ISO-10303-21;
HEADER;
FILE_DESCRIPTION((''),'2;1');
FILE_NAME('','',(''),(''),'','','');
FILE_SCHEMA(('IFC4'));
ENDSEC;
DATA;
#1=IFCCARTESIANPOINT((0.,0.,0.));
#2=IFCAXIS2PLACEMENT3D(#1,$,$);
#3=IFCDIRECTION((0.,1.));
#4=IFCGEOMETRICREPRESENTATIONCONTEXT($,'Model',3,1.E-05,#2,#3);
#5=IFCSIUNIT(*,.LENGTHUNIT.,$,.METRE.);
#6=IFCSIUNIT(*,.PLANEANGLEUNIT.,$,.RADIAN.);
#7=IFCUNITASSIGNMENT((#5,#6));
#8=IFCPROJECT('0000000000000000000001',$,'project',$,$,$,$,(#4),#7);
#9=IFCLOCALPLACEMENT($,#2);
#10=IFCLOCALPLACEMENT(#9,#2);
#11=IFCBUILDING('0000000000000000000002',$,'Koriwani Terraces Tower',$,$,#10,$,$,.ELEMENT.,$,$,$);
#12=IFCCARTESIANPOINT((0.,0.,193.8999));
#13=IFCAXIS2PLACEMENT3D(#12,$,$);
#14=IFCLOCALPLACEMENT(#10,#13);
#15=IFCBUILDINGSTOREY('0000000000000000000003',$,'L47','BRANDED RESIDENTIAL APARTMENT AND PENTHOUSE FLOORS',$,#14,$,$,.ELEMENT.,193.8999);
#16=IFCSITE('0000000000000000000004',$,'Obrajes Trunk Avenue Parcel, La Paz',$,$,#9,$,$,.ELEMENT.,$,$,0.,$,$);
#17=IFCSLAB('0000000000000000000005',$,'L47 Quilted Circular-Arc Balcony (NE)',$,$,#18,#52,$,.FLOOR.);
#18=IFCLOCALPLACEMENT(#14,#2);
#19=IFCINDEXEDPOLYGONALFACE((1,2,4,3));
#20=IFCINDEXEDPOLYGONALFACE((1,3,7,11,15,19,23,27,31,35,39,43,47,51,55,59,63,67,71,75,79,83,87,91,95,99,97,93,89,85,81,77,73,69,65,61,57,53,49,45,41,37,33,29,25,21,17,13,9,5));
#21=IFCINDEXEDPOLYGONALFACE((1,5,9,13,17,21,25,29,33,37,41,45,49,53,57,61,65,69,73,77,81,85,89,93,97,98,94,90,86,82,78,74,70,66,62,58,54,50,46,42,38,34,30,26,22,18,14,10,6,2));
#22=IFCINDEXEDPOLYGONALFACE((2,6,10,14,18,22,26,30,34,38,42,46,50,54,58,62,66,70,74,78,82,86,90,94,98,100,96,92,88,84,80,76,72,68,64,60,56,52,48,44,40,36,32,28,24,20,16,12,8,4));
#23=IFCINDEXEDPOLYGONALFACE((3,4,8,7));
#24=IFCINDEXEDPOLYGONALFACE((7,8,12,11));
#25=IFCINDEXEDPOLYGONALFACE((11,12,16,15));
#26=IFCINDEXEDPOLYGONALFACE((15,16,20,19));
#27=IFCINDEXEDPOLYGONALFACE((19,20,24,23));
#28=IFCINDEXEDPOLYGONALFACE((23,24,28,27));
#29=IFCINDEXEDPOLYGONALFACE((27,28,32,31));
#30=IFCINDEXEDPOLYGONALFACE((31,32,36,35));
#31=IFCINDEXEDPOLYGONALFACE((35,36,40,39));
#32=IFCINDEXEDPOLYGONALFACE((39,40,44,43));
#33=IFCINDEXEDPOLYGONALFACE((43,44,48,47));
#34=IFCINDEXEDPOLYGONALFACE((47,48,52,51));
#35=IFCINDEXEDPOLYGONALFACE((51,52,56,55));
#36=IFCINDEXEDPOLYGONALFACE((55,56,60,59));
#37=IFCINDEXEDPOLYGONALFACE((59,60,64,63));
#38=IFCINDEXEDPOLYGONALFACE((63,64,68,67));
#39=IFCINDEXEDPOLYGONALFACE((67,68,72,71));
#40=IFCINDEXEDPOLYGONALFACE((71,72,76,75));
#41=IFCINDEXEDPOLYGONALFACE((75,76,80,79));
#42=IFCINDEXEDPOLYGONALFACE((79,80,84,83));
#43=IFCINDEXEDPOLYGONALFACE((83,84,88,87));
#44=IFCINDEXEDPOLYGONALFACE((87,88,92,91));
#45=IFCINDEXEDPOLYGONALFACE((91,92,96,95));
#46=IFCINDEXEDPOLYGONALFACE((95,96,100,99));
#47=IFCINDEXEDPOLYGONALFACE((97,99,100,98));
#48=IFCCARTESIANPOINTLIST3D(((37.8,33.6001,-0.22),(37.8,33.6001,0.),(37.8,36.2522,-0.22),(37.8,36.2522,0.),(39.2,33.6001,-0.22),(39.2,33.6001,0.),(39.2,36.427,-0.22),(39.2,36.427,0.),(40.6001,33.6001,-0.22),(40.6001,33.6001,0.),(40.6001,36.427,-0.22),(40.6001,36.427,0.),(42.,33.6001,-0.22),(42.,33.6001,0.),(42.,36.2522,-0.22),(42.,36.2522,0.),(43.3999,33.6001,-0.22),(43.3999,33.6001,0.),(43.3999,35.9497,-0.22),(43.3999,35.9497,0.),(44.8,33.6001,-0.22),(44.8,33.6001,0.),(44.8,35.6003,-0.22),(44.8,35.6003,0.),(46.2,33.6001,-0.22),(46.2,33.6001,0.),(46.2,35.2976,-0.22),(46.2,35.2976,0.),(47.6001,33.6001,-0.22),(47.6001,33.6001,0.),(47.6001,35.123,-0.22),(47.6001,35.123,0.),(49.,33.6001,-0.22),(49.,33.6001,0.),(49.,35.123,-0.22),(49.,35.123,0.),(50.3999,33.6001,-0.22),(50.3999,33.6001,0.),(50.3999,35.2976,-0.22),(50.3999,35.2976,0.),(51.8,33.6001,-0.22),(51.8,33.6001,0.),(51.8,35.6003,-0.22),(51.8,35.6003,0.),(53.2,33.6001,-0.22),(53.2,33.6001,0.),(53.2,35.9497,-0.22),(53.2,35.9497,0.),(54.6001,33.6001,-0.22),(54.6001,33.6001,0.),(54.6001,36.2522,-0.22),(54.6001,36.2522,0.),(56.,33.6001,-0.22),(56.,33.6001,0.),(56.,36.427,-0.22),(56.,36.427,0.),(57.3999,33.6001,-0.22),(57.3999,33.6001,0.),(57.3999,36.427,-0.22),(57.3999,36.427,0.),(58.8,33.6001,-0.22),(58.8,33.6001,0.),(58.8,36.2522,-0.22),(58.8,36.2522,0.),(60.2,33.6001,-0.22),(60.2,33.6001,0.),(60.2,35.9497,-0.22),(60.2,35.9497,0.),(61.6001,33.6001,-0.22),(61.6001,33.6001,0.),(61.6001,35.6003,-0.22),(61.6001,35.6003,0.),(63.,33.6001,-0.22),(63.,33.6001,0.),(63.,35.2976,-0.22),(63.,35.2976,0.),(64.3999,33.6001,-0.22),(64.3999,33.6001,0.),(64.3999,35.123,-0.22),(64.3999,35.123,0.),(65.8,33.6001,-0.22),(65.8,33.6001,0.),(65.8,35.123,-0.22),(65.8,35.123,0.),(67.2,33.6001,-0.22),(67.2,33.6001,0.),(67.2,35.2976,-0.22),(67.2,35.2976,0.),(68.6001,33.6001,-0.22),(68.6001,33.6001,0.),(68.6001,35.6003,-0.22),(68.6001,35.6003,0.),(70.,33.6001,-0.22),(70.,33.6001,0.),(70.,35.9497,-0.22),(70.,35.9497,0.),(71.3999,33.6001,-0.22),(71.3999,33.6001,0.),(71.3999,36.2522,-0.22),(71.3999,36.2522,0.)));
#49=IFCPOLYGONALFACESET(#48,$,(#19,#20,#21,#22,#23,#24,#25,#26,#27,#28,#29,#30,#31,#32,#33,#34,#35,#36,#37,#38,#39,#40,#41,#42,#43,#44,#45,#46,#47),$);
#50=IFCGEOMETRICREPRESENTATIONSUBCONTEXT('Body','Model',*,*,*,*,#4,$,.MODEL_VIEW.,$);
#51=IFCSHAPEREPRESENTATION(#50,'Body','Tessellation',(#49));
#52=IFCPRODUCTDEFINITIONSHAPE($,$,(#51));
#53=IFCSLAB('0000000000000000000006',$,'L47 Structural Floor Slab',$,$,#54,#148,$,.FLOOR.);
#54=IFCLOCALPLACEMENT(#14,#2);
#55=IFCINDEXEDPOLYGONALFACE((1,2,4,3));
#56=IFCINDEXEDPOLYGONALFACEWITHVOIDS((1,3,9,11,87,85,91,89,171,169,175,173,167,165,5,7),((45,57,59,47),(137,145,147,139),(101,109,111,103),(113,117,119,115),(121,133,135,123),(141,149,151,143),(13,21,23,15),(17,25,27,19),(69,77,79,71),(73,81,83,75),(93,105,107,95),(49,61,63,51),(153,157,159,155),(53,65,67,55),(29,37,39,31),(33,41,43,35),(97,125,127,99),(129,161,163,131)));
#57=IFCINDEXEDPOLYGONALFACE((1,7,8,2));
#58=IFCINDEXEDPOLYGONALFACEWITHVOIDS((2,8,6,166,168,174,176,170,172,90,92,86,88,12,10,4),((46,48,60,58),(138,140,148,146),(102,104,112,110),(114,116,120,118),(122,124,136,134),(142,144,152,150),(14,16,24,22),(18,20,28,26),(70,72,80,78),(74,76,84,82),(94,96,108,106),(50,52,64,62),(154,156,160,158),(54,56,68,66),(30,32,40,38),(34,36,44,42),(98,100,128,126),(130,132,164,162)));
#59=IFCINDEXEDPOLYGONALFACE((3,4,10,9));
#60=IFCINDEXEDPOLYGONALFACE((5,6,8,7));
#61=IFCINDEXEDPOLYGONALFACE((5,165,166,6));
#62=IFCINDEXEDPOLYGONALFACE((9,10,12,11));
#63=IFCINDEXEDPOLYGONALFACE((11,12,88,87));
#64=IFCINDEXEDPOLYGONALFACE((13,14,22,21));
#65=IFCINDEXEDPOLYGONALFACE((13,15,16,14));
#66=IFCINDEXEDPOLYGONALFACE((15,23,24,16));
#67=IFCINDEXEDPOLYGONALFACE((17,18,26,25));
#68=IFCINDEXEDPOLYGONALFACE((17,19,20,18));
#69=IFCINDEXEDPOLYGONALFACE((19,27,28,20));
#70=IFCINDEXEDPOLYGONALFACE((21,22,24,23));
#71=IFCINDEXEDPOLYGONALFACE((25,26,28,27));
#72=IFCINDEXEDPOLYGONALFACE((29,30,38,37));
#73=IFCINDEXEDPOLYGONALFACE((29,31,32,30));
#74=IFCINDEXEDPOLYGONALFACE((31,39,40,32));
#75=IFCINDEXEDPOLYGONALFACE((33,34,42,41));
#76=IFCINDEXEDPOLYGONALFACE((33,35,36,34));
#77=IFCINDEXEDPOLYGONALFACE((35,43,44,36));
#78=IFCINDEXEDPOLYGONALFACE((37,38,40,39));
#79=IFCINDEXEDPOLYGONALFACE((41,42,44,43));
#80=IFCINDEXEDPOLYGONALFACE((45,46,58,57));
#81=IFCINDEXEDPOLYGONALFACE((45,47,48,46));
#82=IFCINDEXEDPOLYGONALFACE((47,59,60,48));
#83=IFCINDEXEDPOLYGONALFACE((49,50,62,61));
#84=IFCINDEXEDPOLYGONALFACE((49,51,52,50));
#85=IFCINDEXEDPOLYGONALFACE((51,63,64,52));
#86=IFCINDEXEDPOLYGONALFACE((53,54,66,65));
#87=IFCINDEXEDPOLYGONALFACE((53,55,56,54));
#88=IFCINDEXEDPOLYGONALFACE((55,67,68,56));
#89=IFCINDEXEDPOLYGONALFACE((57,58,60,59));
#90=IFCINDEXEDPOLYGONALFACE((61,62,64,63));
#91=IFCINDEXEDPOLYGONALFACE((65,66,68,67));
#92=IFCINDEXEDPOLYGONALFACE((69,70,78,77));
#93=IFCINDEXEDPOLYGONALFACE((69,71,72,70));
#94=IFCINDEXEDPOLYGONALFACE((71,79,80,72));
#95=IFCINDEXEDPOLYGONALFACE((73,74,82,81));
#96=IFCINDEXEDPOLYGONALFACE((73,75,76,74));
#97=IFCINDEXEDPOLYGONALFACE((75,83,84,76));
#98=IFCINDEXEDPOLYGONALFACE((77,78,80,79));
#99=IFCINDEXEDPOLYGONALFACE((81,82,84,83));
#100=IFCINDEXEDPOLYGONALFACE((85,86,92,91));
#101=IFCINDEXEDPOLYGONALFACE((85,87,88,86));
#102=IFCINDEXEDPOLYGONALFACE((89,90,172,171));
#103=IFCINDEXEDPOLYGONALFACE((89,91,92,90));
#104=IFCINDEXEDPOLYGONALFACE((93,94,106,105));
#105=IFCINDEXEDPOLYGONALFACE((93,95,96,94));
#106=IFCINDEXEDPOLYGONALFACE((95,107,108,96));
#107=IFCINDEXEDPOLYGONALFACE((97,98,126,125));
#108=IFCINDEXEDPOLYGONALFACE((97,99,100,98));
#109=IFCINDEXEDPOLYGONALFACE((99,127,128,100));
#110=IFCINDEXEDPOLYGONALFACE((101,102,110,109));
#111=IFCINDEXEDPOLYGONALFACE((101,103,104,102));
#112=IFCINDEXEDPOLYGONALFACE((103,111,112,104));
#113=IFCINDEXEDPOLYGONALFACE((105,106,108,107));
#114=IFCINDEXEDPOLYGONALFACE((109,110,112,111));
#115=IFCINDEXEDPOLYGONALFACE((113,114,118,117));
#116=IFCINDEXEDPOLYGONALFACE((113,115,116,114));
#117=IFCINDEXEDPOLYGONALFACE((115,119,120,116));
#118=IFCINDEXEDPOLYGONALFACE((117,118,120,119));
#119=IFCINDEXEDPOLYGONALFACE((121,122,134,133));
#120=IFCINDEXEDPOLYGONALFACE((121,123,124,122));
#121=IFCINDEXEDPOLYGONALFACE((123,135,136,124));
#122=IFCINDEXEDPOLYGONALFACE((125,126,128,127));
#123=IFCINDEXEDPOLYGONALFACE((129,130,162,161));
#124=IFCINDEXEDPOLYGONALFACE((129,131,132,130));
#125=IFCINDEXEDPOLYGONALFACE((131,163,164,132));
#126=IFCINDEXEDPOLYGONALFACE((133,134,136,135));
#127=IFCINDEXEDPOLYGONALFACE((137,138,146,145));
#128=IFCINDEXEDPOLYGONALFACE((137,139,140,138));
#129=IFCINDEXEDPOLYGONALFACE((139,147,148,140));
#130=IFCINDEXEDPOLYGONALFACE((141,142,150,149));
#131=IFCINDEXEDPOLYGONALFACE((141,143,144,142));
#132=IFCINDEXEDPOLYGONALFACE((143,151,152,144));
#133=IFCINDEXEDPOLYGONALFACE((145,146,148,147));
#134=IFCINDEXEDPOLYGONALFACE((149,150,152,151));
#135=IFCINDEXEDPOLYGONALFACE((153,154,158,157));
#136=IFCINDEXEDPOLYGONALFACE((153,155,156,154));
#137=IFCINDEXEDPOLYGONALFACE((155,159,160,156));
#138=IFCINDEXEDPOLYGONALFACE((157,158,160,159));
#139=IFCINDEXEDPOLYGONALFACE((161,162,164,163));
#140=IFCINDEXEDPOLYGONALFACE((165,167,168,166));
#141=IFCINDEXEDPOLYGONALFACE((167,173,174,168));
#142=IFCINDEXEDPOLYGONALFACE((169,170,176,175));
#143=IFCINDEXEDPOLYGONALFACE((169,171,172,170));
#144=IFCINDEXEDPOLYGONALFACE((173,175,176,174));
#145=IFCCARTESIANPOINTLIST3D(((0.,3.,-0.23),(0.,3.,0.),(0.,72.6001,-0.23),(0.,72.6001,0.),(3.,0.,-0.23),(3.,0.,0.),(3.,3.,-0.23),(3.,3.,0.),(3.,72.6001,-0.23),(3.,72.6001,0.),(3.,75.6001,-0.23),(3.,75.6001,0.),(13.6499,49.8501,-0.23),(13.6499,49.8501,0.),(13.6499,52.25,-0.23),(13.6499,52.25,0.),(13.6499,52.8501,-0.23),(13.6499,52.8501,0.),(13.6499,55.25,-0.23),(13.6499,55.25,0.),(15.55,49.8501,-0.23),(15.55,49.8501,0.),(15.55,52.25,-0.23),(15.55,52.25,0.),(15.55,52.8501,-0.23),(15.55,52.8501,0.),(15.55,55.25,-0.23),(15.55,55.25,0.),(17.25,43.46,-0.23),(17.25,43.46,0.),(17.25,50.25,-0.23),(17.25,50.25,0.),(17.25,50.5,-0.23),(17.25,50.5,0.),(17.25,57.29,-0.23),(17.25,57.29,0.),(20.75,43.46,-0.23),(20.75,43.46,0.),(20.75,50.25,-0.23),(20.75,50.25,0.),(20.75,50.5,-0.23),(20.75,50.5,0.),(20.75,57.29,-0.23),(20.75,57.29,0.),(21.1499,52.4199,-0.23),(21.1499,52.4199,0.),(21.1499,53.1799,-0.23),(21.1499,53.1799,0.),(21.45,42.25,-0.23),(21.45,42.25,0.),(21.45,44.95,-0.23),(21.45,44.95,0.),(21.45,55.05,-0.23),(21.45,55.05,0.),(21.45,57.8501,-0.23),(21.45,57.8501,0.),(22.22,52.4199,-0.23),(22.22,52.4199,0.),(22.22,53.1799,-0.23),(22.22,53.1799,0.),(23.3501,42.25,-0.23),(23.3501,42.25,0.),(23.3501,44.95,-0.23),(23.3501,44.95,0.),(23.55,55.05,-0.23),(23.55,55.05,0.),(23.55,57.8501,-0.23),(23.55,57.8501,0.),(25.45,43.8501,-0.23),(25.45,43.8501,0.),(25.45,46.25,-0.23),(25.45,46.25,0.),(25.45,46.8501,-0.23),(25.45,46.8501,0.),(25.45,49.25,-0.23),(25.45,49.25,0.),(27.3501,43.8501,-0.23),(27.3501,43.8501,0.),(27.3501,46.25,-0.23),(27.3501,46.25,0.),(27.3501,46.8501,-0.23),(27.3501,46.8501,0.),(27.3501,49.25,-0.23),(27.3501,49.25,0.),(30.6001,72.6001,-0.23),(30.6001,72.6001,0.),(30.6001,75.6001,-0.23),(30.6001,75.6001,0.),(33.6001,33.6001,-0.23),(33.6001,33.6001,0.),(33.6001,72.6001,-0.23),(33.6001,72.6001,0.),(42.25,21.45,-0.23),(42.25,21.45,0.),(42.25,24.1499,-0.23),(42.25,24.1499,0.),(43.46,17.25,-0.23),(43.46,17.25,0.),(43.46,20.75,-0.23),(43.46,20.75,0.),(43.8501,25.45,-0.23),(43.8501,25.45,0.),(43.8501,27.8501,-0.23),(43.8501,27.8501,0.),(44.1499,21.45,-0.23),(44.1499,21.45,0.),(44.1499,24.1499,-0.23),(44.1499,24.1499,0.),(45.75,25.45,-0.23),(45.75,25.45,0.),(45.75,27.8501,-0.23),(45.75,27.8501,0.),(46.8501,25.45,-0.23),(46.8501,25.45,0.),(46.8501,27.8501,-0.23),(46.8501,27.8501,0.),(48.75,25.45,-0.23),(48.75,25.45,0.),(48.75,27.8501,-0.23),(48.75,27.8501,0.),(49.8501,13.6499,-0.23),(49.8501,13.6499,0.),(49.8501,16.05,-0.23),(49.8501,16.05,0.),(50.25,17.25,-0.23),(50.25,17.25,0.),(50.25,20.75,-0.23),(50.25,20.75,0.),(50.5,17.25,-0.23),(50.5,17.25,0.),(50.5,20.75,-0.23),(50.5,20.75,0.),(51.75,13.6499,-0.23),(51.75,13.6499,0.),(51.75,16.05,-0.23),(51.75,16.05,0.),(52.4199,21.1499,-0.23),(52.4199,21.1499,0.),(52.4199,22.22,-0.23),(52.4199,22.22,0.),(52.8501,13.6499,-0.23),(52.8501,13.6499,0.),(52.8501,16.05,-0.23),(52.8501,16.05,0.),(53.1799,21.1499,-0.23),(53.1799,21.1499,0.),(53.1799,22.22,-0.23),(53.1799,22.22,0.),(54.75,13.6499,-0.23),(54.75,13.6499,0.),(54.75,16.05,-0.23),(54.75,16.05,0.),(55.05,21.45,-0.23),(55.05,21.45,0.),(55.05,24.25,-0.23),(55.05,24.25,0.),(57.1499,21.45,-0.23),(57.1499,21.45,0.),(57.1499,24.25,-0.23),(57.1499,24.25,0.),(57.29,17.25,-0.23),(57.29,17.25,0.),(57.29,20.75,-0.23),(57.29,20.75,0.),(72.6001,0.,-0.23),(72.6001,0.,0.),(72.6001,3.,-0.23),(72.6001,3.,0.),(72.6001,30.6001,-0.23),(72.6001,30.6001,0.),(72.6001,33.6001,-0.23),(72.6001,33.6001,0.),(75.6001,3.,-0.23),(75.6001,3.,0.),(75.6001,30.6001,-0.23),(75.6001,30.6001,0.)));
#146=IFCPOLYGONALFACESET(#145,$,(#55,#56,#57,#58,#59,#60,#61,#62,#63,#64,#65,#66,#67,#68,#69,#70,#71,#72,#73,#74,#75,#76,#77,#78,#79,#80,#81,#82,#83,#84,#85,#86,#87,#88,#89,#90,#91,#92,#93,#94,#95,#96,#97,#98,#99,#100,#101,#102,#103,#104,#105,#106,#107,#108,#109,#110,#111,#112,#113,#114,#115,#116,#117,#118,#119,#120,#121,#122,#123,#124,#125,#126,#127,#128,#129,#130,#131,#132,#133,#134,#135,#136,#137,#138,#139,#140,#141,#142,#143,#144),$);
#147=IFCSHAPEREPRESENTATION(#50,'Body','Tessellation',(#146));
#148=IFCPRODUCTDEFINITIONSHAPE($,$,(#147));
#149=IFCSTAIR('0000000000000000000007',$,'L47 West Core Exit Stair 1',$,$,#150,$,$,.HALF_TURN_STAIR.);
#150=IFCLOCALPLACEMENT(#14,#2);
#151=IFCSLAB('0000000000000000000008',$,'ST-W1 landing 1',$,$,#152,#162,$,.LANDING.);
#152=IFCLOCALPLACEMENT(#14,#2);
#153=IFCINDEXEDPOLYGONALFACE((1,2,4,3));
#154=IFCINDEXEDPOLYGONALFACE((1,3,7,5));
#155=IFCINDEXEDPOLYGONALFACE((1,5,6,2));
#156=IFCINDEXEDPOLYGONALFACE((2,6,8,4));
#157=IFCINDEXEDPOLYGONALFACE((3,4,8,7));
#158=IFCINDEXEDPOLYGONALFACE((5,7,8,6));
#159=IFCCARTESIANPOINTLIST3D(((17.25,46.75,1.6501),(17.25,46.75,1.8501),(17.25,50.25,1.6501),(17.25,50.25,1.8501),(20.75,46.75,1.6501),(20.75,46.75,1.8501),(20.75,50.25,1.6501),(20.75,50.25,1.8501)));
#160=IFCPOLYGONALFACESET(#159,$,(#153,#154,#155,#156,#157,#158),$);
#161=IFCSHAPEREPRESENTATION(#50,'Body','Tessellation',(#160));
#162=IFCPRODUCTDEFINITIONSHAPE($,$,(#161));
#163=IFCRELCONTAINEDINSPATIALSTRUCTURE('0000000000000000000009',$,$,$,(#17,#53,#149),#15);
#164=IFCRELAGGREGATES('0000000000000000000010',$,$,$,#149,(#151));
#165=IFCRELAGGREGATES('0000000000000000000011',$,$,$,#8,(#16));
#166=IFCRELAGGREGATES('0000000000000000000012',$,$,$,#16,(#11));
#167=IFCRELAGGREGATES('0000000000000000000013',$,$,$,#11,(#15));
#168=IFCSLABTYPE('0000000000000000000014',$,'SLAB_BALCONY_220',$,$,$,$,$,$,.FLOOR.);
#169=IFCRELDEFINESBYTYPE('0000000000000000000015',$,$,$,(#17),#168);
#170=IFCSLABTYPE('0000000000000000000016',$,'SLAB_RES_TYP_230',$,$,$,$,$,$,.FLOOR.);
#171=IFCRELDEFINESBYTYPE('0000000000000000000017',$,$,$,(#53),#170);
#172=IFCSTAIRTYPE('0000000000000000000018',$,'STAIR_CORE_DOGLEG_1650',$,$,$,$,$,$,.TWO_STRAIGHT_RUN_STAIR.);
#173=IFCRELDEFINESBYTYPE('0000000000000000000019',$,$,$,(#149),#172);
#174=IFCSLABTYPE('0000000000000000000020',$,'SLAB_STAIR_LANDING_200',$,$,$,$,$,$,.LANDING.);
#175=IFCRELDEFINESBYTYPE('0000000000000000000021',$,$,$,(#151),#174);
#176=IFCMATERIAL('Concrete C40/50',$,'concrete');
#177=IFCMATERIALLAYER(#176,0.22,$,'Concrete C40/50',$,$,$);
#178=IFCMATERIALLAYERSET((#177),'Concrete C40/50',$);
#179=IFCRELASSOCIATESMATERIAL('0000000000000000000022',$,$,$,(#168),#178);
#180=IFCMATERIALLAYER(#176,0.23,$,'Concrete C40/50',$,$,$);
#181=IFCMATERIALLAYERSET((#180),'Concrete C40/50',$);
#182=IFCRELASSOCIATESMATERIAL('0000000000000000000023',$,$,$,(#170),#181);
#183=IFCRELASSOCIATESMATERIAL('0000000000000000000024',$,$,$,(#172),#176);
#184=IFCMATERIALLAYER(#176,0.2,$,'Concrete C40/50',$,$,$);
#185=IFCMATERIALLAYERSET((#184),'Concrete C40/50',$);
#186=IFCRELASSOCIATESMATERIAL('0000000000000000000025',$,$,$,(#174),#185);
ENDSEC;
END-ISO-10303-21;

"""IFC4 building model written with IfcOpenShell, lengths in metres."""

from ifc_helpers import new_model, si_unit, direction, frame, origin, place, context, subcontext, project, spatial, polyline, outline, extrude, material, layer, layer_set, type_object, element, aggregate, save


model = new_model("IFC4")

# Units and contexts
model_context = context("Model", 3, precision=1e-05, world=origin(), true_north=direction((0.0, 1.0)))
body_context = subcontext(model_context, "Body", "Model", "MODEL_VIEW")
ifc_project = project(units=[si_unit("LENGTHUNIT", "METRE"), si_unit("PLANEANGLEUNIT", "RADIAN")], contexts=[model_context])

# Site, building, storey
site_placement = place(None, origin())
site = spatial("IfcSite", under=ifc_project, at=site_placement, Name="Obrajes Trunk Avenue Parcel, La Paz", CompositionType="ELEMENT", RefElevation=0.0)
building_placement = place(site_placement, origin())
building = spatial("IfcBuilding", under=site, at=building_placement, Name="Koriwani Terraces Tower", CompositionType="ELEMENT")
storey_placement = place(building_placement, frame((0.0, 0.0, 193.8999)))
storey = spatial("IfcBuildingStorey", under=building, at=storey_placement, Name="L47", Description="BRANDED RESIDENTIAL APARTMENT AND PENTHOUSE FLOORS", CompositionType="ELEMENT", Elevation=193.8999)

# Shared definitions
ifc_material_1 = material(Name="Concrete C40/50", Category="concrete")

# Slabs
ifc_layer_1 = layer(ifc_material_1, 0.22, Name="Concrete C40/50")
ifc_layer_set_1 = layer_set([ifc_layer_1], Name="Concrete C40/50")
slab_type_1 = type_object("IfcSlabType", Name="SLAB_BALCONY_220", PredefinedType="FLOOR", material=ifc_layer_set_1)
slab_1_placement = place(storey_placement, frame((0.0, 0.0, -0.22)))
element("IfcSlab", 1, at=slab_1_placement, inside=storey, type_object=slab_type_1, Name="L47 Quilted Circular-Arc Balcony (NE)", PredefinedType="FLOOR", context=body_context, shape_type="SweptSolid", body=[
    extrude(outline(polyline([(71.3999, 33.6001), (70.0, 33.6001), (68.6001, 33.6001), (67.2, 33.6001), (65.8, 33.6001), (64.3999, 33.6001), (63.0, 33.6001), (61.6001, 33.6001), (60.2, 33.6001), (58.8, 33.6001), (57.3999, 33.6001), (56.0, 33.6001), (54.6001, 33.6001), (53.2, 33.6001), (51.8, 33.6001), (50.3999, 33.6001), (49.0, 33.6001), (47.6001, 33.6001), (46.2, 33.6001), (44.8, 33.6001), (43.3999, 33.6001), (42.0, 33.6001), (40.6001, 33.6001), (39.2, 33.6001), (37.8, 33.6001), (37.8, 36.2522), (39.2, 36.427), (40.6001, 36.427), (42.0, 36.2522), (43.3999, 35.9497), (44.8, 35.6003), (46.2, 35.2976), (47.6001, 35.123), (49.0, 35.123), (50.3999, 35.2976), (51.8, 35.6003), (53.2, 35.9497), (54.6001, 36.2522), (56.0, 36.427), (57.3999, 36.427), (58.8, 36.2522), (60.2, 35.9497), (61.6001, 35.6003), (63.0, 35.2976), (64.3999, 35.123), (65.8, 35.123), (67.2, 35.2976), (68.6001, 35.6003), (70.0, 35.9497), (71.3999, 36.2522), (71.3999, 33.6001)])), origin(), (0.0, 0.0, 1.0), 0.22),
])
ifc_layer_2 = layer(ifc_material_1, 0.23, Name="Concrete C40/50")
ifc_layer_set_2 = layer_set([ifc_layer_2], Name="Concrete C40/50")
slab_type_2 = type_object("IfcSlabType", Name="SLAB_RES_TYP_230", PredefinedType="FLOOR", material=ifc_layer_set_2)
slab_2_placement = place(storey_placement, frame((0.0, 0.0, -0.23)))
element("IfcSlab", 2, at=slab_2_placement, inside=storey, type_object=slab_type_2, Name="L47 Structural Floor Slab", PredefinedType="FLOOR", context=body_context, shape_type="SweptSolid", body=[
    extrude(outline(polyline([(3.0, 0.0), (72.6001, 0.0), (72.6001, 3.0), (75.6001, 3.0), (75.6001, 30.6001), (72.6001, 30.6001), (72.6001, 33.6001), (33.6001, 33.6001), (33.6001, 72.6001), (30.6001, 72.6001), (30.6001, 75.6001), (3.0, 75.6001), (3.0, 72.6001), (0.0, 72.6001), (0.0, 3.0), (3.0, 3.0), (3.0, 0.0)]), holes=[polyline([(17.25, 43.46), (20.75, 43.46), (20.75, 50.25), (17.25, 50.25), (17.25, 43.46)]), polyline([(17.25, 50.5), (20.75, 50.5), (20.75, 57.29), (17.25, 57.29), (17.25, 50.5)]), polyline([(43.46, 17.25), (50.25, 17.25), (50.25, 20.75), (43.46, 20.75), (43.46, 17.25)]), polyline([(50.5, 17.25), (57.29, 17.25), (57.29, 20.75), (50.5, 20.75), (50.5, 17.25)]), polyline([(13.6499, 49.8501), (15.55, 49.8501), (15.55, 52.25), (13.6499, 52.25), (13.6499, 49.8501)]), polyline([(13.6499, 52.8501), (15.55, 52.8501), (15.55, 55.25), (13.6499, 55.25), (13.6499, 52.8501)]), polyline([(49.8501, 13.6499), (51.75, 13.6499), (51.75, 16.05), (49.8501, 16.05), (49.8501, 13.6499)]), polyline([(52.8501, 13.6499), (54.75, 13.6499), (54.75, 16.05), (52.8501, 16.05), (52.8501, 13.6499)]), polyline([(25.45, 43.8501), (27.3501, 43.8501), (27.3501, 46.25), (25.45, 46.25), (25.45, 43.8501)]), polyline([(25.45, 46.8501), (27.3501, 46.8501), (27.3501, 49.25), (25.45, 49.25), (25.45, 46.8501)]), polyline([(43.8501, 25.45), (45.75, 25.45), (45.75, 27.8501), (43.8501, 27.8501), (43.8501, 25.45)]), polyline([(46.8501, 25.45), (48.75, 25.45), (48.75, 27.8501), (46.8501, 27.8501), (46.8501, 25.45)]), polyline([(21.45, 55.05), (23.55, 55.05), (23.55, 57.8501), (21.45, 57.8501), (21.45, 55.05)]), polyline([(55.05, 21.45), (57.1499, 21.45), (57.1499, 24.25), (55.05, 24.25), (55.05, 21.45)]), polyline([(21.45, 42.25), (23.3501, 42.25), (23.3501, 44.95), (21.45, 44.95), (21.45, 42.25)]), polyline([(42.25, 21.45), (44.1499, 21.45), (44.1499, 24.1499), (42.25, 24.1499), (42.25, 21.45)]), polyline([(21.1499, 52.4199), (22.22, 52.4199), (22.22, 53.1799), (21.1499, 53.1799), (21.1499, 52.4199)]), polyline([(52.4199, 21.1499), (53.1799, 21.1499), (53.1799, 22.22), (52.4199, 22.22), (52.4199, 21.1499)])]), origin(), (0.0, 0.0, 1.0), 0.23),
])

# Stair, slab
stair_type = type_object("IfcStairType", Name="STAIR_CORE_DOGLEG_1650", PredefinedType="TWO_STRAIGHT_RUN_STAIR", material=ifc_material_1)
stair_1_placement = place(storey_placement, origin())
stair_1 = element("IfcStair", 3, at=stair_1_placement, inside=storey, type_object=stair_type, Name="L47 West Core Exit Stair 1", PredefinedType="HALF_TURN_STAIR")
ifc_layer_3 = layer(ifc_material_1, 0.2, Name="Concrete C40/50")
ifc_layer_set_3 = layer_set([ifc_layer_3], Name="Concrete C40/50")
slab_type_3 = type_object("IfcSlabType", Name="SLAB_STAIR_LANDING_200", PredefinedType="LANDING", material=ifc_layer_set_3)
slab_3_placement = place(storey_placement, frame((0.0, 0.0, 1.6501)))
slab_3 = element("IfcSlab", 4, at=slab_3_placement, type_object=slab_type_3, Name="ST-W1 landing 1", PredefinedType="LANDING", context=body_context, shape_type="SweptSolid", body=[
    extrude(outline(polyline([(20.75, 46.75), (20.75, 50.25), (17.25, 50.25), (17.25, 46.75), (20.75, 46.75)])), origin(), (0.0, 0.0, 1.0), 0.2),
])
aggregate(stair_1, [slab_3])

save(model, "model.ifc")
